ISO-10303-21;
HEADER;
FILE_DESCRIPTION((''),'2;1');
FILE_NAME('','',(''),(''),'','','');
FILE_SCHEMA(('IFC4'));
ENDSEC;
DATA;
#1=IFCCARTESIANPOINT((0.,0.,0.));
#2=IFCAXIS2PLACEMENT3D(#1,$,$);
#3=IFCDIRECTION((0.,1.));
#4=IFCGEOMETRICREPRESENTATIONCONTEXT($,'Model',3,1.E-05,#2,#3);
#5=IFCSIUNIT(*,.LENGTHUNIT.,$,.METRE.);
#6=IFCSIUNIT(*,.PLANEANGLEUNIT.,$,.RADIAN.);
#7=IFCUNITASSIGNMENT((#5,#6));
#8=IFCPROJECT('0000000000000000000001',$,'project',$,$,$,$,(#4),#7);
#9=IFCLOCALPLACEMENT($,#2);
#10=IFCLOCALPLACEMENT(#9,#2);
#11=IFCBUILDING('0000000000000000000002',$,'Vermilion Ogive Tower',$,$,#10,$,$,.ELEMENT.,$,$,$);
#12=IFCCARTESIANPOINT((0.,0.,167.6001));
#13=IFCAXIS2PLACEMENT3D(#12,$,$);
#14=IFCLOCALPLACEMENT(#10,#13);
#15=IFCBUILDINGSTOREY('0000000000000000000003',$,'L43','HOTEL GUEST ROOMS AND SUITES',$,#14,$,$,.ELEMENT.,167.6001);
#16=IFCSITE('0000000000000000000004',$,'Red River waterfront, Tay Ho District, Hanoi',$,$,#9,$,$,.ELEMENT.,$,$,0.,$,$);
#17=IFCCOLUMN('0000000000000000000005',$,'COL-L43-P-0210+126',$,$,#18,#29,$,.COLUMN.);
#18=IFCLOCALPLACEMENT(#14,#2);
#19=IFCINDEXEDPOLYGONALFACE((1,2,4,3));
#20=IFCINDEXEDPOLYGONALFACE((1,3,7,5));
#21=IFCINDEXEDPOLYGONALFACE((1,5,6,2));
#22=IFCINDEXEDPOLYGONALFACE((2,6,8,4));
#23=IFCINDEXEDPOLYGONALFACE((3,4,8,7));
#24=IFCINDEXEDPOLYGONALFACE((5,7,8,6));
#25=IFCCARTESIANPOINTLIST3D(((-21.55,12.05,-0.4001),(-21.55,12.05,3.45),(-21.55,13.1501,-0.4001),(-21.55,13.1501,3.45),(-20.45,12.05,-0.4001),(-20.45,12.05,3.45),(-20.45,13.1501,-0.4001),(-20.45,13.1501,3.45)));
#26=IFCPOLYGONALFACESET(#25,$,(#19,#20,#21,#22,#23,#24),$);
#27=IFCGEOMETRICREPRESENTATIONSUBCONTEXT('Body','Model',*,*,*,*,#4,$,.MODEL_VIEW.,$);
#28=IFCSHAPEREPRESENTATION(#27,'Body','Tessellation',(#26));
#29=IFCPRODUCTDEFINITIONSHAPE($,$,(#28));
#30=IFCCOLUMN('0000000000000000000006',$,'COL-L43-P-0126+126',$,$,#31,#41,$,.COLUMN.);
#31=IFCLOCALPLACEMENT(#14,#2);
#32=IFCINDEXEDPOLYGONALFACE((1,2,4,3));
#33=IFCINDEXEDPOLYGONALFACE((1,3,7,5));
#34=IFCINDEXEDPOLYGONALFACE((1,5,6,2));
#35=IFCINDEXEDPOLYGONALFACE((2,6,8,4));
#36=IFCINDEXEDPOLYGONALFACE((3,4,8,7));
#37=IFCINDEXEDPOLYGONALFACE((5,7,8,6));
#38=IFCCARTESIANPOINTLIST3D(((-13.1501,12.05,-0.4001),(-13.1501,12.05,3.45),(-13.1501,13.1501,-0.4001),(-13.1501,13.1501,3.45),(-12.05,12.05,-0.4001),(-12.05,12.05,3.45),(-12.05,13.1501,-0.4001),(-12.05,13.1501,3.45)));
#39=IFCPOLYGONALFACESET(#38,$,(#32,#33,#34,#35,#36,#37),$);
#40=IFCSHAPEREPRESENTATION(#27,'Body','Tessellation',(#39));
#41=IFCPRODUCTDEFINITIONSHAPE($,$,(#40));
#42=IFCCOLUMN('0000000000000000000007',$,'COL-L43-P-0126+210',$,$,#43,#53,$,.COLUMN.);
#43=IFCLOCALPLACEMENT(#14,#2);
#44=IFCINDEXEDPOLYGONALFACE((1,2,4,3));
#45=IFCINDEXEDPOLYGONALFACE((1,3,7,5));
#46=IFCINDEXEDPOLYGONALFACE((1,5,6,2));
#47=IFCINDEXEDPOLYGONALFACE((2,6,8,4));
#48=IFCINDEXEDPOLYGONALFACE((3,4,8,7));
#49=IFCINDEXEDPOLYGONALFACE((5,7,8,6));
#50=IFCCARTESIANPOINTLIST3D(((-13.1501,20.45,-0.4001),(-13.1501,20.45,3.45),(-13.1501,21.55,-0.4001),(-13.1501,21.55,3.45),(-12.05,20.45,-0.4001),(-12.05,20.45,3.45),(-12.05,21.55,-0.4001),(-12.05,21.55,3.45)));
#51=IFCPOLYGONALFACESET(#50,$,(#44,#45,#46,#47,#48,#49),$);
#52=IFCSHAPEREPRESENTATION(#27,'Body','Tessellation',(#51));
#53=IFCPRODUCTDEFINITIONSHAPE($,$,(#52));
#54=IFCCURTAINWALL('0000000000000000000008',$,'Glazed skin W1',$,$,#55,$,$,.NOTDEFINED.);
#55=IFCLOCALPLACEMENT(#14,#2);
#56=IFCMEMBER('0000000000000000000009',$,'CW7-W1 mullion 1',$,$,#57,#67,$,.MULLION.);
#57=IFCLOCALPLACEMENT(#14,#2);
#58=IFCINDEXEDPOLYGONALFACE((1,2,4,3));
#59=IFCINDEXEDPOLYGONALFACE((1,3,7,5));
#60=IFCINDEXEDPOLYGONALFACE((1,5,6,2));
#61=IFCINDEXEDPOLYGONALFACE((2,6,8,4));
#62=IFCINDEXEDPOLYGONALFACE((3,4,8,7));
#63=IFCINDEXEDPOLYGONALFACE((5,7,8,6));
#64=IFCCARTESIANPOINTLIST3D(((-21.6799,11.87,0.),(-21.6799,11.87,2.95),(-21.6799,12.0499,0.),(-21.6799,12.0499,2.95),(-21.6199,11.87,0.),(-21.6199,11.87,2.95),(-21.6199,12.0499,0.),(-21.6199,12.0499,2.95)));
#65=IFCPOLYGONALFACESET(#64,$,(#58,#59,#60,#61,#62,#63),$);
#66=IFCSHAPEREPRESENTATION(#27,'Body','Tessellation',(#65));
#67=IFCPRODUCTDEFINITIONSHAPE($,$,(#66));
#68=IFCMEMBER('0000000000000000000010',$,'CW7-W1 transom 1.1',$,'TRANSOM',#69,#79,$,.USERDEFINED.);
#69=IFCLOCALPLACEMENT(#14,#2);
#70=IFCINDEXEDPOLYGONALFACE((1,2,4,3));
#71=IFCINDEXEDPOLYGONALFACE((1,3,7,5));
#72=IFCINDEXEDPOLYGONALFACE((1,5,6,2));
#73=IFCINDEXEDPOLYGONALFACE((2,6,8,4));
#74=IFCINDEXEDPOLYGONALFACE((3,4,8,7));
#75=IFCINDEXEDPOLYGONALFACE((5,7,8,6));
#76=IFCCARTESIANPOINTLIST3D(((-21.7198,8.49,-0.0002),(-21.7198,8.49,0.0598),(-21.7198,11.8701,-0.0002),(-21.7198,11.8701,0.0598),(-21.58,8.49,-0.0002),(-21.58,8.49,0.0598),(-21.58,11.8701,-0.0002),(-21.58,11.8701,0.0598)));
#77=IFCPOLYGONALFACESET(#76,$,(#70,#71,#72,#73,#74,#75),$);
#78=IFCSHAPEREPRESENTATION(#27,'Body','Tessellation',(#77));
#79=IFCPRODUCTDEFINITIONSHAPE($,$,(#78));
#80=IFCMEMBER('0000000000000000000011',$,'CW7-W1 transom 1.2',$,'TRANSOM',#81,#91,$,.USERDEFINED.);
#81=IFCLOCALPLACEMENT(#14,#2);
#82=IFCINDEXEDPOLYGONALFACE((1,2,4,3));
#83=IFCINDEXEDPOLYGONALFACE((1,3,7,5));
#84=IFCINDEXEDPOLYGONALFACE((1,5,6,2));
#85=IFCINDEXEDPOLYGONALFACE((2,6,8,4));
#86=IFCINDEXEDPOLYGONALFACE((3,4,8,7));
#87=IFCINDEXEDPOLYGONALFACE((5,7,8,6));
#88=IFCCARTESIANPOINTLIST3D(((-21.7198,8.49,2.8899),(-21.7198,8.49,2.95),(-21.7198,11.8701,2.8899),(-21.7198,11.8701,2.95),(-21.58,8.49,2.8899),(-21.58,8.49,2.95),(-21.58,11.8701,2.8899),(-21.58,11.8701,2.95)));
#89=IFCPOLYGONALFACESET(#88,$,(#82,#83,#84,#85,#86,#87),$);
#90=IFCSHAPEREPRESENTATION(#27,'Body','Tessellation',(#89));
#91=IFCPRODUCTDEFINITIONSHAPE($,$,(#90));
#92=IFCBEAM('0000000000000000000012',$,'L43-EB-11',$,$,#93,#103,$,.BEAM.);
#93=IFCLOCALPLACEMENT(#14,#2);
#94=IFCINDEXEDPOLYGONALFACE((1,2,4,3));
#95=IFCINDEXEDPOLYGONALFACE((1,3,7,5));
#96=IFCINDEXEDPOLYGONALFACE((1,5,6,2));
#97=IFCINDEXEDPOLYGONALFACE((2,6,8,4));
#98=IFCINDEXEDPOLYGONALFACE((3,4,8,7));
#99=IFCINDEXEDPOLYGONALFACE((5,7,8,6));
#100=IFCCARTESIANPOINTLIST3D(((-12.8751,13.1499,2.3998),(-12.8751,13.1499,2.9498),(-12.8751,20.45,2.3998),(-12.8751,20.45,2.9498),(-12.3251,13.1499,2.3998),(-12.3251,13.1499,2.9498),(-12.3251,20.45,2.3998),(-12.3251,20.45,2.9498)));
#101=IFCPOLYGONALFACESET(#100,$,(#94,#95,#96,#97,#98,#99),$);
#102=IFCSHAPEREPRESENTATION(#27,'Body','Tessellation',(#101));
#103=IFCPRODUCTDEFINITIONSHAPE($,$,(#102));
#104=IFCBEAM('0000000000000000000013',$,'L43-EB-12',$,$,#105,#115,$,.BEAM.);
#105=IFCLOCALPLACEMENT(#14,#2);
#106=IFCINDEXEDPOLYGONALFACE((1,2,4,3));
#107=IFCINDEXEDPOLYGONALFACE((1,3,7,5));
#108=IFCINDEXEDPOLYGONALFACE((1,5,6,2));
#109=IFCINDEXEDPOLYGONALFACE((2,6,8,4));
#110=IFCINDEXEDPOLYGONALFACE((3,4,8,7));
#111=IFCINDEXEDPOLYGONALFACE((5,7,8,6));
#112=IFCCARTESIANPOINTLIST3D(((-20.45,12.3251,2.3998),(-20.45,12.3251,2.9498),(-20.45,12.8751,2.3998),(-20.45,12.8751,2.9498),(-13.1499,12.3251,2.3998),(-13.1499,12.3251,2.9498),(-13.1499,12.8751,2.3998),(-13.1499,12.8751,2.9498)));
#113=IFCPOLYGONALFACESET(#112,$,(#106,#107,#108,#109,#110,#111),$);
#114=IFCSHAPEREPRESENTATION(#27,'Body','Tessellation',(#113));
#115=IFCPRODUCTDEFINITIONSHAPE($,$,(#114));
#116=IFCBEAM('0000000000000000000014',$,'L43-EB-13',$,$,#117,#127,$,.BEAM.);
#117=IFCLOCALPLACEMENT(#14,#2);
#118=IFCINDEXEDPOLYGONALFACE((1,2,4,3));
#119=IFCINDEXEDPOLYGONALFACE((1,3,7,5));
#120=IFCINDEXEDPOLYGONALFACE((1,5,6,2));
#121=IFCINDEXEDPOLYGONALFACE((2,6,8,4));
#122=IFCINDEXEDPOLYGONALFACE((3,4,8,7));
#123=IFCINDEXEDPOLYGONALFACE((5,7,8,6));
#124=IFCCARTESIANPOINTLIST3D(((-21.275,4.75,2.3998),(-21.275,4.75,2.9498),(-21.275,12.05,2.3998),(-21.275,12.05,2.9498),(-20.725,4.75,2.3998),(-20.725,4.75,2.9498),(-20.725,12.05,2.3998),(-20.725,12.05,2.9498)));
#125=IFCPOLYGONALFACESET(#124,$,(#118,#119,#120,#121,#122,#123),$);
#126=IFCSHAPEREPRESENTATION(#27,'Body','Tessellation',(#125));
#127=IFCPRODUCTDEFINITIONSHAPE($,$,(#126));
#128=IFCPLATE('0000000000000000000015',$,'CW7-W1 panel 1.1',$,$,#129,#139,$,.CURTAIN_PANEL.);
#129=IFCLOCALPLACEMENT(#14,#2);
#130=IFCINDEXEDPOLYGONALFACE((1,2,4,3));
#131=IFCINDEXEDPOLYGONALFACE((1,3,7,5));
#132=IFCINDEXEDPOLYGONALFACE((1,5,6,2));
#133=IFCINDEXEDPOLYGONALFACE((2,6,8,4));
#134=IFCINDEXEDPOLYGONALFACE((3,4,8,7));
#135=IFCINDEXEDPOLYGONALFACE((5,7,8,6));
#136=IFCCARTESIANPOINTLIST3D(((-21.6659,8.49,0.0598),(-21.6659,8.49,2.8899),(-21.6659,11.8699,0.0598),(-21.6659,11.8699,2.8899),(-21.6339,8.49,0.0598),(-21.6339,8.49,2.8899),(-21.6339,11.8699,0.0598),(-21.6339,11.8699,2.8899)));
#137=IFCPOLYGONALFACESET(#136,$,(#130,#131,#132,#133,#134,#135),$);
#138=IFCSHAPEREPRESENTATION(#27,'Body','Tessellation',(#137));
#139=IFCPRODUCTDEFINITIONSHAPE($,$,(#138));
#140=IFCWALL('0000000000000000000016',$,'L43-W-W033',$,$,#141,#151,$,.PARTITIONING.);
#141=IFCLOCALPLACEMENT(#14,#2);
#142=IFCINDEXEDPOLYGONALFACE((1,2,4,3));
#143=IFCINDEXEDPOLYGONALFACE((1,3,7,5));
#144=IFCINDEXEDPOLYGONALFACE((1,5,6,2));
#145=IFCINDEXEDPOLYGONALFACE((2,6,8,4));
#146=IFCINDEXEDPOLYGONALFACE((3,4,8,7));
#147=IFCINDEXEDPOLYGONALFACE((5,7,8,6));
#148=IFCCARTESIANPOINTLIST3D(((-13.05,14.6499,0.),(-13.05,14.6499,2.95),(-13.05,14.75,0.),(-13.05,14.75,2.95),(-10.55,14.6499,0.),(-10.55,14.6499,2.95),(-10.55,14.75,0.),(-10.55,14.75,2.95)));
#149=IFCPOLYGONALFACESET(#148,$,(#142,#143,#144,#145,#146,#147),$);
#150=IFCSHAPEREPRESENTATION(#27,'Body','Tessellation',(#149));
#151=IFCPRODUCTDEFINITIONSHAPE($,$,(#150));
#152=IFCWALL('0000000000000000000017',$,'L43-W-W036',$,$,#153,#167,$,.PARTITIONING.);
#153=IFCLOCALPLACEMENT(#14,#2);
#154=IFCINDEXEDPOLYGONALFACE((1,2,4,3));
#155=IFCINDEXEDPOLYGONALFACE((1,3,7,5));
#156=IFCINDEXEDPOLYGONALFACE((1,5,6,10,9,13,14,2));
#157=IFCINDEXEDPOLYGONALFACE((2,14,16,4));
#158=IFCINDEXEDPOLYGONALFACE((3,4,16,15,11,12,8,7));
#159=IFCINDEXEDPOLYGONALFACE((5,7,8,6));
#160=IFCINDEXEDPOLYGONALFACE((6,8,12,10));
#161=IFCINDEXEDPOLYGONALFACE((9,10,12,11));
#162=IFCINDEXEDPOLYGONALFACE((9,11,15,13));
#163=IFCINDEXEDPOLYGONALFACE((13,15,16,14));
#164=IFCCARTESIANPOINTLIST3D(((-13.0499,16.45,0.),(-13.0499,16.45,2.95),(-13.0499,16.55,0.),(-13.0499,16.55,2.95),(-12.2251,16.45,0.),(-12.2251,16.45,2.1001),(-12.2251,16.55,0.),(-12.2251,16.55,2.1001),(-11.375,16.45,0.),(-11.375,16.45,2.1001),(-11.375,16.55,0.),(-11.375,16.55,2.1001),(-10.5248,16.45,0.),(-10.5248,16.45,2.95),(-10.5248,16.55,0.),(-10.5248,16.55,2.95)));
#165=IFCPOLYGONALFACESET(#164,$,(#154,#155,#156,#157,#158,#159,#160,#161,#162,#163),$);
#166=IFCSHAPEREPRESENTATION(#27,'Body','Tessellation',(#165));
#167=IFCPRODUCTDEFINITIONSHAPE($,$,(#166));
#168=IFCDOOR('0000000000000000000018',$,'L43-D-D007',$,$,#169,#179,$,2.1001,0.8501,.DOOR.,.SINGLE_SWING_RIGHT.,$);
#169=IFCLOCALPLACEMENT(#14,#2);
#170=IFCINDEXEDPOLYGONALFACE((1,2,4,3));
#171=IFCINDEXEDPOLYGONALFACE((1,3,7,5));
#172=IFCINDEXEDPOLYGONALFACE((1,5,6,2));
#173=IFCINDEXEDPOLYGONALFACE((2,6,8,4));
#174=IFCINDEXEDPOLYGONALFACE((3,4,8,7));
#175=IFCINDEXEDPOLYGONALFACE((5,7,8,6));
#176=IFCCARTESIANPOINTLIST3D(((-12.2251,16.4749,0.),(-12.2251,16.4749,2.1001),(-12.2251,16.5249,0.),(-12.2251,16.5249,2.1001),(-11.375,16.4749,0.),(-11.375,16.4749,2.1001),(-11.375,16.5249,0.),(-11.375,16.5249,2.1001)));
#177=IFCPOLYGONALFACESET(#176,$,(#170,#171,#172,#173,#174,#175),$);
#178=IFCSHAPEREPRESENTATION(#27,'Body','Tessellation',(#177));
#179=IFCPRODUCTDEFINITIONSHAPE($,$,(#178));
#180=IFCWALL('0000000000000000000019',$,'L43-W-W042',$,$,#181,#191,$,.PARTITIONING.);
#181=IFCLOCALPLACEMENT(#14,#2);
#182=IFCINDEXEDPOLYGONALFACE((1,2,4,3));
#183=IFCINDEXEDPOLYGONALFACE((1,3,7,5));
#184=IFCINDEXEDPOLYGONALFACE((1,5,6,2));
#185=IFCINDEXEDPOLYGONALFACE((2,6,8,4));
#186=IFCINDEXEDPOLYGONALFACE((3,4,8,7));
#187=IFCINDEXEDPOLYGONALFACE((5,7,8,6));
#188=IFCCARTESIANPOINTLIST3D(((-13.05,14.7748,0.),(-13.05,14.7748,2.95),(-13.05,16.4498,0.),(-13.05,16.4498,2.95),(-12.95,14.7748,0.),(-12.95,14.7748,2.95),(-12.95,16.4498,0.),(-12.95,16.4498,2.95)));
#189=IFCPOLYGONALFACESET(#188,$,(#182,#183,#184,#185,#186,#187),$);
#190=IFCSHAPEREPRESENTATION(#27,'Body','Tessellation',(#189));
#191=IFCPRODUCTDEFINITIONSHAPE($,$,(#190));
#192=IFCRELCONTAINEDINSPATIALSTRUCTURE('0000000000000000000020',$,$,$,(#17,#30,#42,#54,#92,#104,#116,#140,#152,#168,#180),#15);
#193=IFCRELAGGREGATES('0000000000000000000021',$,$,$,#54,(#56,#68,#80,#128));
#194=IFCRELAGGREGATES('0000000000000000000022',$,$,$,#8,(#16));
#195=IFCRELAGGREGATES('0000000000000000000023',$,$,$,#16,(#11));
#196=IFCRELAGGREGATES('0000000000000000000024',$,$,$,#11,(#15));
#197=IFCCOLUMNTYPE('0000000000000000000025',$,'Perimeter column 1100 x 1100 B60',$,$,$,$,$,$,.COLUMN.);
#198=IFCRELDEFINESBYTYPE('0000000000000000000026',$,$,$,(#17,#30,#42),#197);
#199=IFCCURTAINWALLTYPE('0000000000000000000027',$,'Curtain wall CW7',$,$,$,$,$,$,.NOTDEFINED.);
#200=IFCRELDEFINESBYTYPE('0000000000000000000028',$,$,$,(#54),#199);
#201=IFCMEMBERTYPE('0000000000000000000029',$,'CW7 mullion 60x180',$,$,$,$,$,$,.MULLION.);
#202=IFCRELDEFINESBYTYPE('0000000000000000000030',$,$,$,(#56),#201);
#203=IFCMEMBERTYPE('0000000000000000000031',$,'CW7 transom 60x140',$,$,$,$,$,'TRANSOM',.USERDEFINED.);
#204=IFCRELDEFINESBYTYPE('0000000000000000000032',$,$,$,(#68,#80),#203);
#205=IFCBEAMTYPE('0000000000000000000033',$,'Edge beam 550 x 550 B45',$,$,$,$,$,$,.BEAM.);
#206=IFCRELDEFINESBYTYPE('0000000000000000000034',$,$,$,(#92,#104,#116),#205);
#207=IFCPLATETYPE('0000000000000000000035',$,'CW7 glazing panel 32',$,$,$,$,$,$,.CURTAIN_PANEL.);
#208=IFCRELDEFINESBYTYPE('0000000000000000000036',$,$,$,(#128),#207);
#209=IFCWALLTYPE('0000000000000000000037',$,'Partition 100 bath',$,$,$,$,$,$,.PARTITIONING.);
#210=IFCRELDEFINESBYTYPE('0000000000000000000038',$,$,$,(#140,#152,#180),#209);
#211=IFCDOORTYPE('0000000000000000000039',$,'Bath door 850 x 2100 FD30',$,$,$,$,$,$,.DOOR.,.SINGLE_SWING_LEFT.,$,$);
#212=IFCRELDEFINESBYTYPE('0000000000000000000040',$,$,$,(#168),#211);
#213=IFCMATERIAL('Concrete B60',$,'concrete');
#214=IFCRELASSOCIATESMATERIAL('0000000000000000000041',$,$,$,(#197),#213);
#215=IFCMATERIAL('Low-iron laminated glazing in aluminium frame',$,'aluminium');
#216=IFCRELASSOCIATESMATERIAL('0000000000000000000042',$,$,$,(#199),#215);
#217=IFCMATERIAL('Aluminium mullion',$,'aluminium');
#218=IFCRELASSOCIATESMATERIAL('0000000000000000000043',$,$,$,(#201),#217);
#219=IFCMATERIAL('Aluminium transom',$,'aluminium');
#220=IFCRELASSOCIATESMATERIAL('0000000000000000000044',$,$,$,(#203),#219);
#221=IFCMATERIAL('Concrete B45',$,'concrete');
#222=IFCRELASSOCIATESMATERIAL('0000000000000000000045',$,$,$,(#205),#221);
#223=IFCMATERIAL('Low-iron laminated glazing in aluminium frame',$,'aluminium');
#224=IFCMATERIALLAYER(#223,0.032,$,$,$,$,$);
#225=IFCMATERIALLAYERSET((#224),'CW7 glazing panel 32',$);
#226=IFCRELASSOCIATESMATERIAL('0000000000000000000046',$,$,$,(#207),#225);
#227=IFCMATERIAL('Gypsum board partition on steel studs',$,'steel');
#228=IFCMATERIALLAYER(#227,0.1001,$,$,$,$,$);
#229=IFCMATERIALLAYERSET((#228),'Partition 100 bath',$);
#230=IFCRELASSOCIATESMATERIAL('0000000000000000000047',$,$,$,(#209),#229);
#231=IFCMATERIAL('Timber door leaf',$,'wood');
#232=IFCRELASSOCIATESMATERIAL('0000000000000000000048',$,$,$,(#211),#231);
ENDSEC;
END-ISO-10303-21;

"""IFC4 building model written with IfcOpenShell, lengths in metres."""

from ifc_helpers import new_model, si_unit, direction, frame, frame_2d, origin, origin_2d, place, context, subcontext, project, spatial, rectangle, extrude, material, layer, layer_set, material_profile, profile_set, type_object, element, fill, aggregate, save


model = new_model("IFC4")

# Units and contexts
model_context = context("Model", 3, precision=1e-05, world=origin(), true_north=direction((0.0, 1.0)))
body_context = subcontext(model_context, "Body", "Model", "MODEL_VIEW")
ifc_project = project(units=[si_unit("LENGTHUNIT", "METRE"), si_unit("PLANEANGLEUNIT", "RADIAN")], contexts=[model_context])

# Site, building, storey
site_placement = place(None, origin())
site = spatial("IfcSite", under=ifc_project, at=site_placement, Name="Red River waterfront, Tay Ho District, Hanoi", CompositionType="ELEMENT", RefElevation=0.0)
building_placement = place(site_placement, origin())
building = spatial("IfcBuilding", under=site, at=building_placement, Name="Vermilion Ogive Tower", CompositionType="ELEMENT")
storey_placement = place(building_placement, frame((0.0, 0.0, 167.6001)))
storey = spatial("IfcBuildingStorey", under=building, at=storey_placement, Name="L43", Description="HOTEL GUEST ROOMS AND SUITES", CompositionType="ELEMENT", Elevation=167.6001)

# Columns
ifc_material_1 = material(Name="Concrete B60", Category="concrete")
ifc_material_profile_1 = material_profile(ifc_material_1, rectangle(XDim=1.1001, YDim=1.1001, at=origin_2d()), Name="1100 x 1100")
ifc_profile_set_1 = profile_set([ifc_material_profile_1], Name="Concrete B60")
column_type = type_object("IfcColumnType", Name="Perimeter column 1100 x 1100 B60", PredefinedType="COLUMN", material=ifc_profile_set_1)
for number, where, z_axis, x_axis, name in (
    (1, (-21.0, 12.6001, -0.4001), (0.0, 0.0, 1.0), (1.0, 0.0, 0.0), "COL-L43-P-0210+126"),
    (2, (-12.6001, 12.6001, -0.4001), (0.0, 0.0, 1.0), (1.0, 0.0, 0.0), "COL-L43-P-0126+126"),
    (3, (-12.6001, 21.0, -0.4001), (0.0, 0.0, 1.0), (1.0, 0.0, 0.0), "COL-L43-P-0126+210"),
):
    element("IfcColumn", number, at=place(storey_placement, frame(where, z_axis=z_axis, x_axis=x_axis)), inside=storey, type_object=column_type, Name=name, PredefinedType="COLUMN", context=body_context, shape_type="SweptSolid", body=[
        extrude(rectangle(XDim=1.1001, YDim=1.1001, at=origin_2d()), origin(), (0.0, 0.0, 1.0), 3.8501),
    ])

# Curtain wall, members
ifc_material_2 = material(Name="Low-iron laminated glazing in aluminium frame", Category="aluminium")
curtain_wall_type = type_object("IfcCurtainWallType", Name="Curtain wall CW7", PredefinedType="NOTDEFINED", material=ifc_material_2)
curtain_wall_placement = place(storey_placement, origin())
curtain_wall = element("IfcCurtainWall", 4, at=curtain_wall_placement, inside=storey, type_object=curtain_wall_type, Name="Glazed skin W1", PredefinedType="NOTDEFINED")
ifc_material_3 = material(Name="Aluminium mullion", Category="aluminium")
ifc_material_profile_2 = material_profile(ifc_material_3, rectangle(XDim=0.0601, YDim=0.1799, at=origin_2d()), Name="AL 60x180")
ifc_profile_set_2 = profile_set([ifc_material_profile_2], Name="Aluminium mullion")
member_type_1 = type_object("IfcMemberType", Name="CW7 mullion 60x180", PredefinedType="MULLION", material=ifc_profile_set_2)
member_1_placement = place(storey_placement, frame((-21.6499, 11.96, 0.0), z_axis=(0.0, 0.0, 1.0), x_axis=(1.0, 0.0, 0.0)))
member_1 = element("IfcMember", 5, at=member_1_placement, type_object=member_type_1, Name="CW7-W1 mullion 1", PredefinedType="MULLION", context=body_context, shape_type="SweptSolid", body=[
    extrude(rectangle(XDim=0.0601, YDim=0.1799, at=origin_2d()), origin(), (0.0, 0.0, 1.0), 2.95),
])
ifc_material_4 = material(Name="Aluminium transom", Category="aluminium")
ifc_material_profile_3 = material_profile(ifc_material_4, rectangle(XDim=0.1399, YDim=0.0601, at=origin_2d()), Name="AL 60x140")
ifc_profile_set_3 = profile_set([ifc_material_profile_3], Name="Aluminium transom")
member_type_2 = type_object("IfcMemberType", Name="CW7 transom 60x140", ElementType="TRANSOM", PredefinedType="USERDEFINED", material=ifc_profile_set_3)
member_2_placement = place(storey_placement, frame((-21.6499, 11.8701, 0.0298), z_axis=(0.0, -1.0, 0.0), x_axis=(1.0, 0.0, 0.0)))
member_2 = element("IfcMember", 6, at=member_2_placement, type_object=member_type_2, Name="CW7-W1 transom 1.1", ObjectType="TRANSOM", PredefinedType="USERDEFINED", context=body_context, shape_type="SweptSolid", body=[
    extrude(rectangle(XDim=0.1399, YDim=0.0601, at=origin_2d()), origin(), (0.0, 0.0, 1.0), 3.3801),
])
member_3_placement = place(storey_placement, frame((-21.6499, 11.8701, 2.9199), z_axis=(0.0, -1.0, 0.0), x_axis=(1.0, 0.0, 0.0)))
member_3 = element("IfcMember", 7, at=member_3_placement, type_object=member_type_2, Name="CW7-W1 transom 1.2", ObjectType="TRANSOM", PredefinedType="USERDEFINED", context=body_context, shape_type="SweptSolid", body=[
    extrude(rectangle(XDim=0.1399, YDim=0.0601, at=origin_2d()), origin(), (0.0, 0.0, 1.0), 3.3801),
])

# Beams
ifc_material_5 = material(Name="Concrete B45", Category="concrete")
ifc_material_profile_4 = material_profile(ifc_material_5, rectangle(XDim=0.55, YDim=0.55, at=origin_2d()), Name="550 x 550")
ifc_profile_set_4 = profile_set([ifc_material_profile_4], Name="Concrete B45")
beam_type = type_object("IfcBeamType", Name="Edge beam 550 x 550 B45", PredefinedType="BEAM", material=ifc_profile_set_4)
for number, where, z_axis, x_axis, name in (
    (8, (-12.6001, 20.45, 2.6748), (0.0, -1.0, 0.0), (1.0, 0.0, 0.0), "L43-EB-11"),
    (9, (-13.1499, 12.6001, 2.6748), (-1.0, 0.0, 0.0), (0.0, -1.0, 0.0), "L43-EB-12"),
    (10, (-21.0, 12.05, 2.6748), (0.0, -1.0, 0.0), (1.0, 0.0, 0.0), "L43-EB-13"),
):
    element("IfcBeam", number, at=place(storey_placement, frame(where, z_axis=z_axis, x_axis=x_axis)), inside=storey, type_object=beam_type, Name=name, PredefinedType="BEAM", context=body_context, shape_type="SweptSolid", body=[
        extrude(rectangle(XDim=0.55, YDim=0.55, at=origin_2d()), origin(), (0.0, 0.0, 1.0), 7.3),
    ])

# Plate
ifc_material_6 = material(Name="Low-iron laminated glazing in aluminium frame", Category="aluminium")
ifc_layer_1 = layer(ifc_material_6, 0.032)
ifc_layer_set_1 = layer_set([ifc_layer_1], Name="CW7 glazing panel 32")
plate_type = type_object("IfcPlateType", Name="CW7 glazing panel 32", PredefinedType="CURTAIN_PANEL", material=ifc_layer_set_1)
plate_placement = place(storey_placement, frame((-21.6499, 10.1799, 0.0598), z_axis=(0.0, 0.0, 1.0), x_axis=(0.0, -1.0, 0.0)))
plate = element("IfcPlate", 11, at=plate_placement, type_object=plate_type, Name="CW7-W1 panel 1.1", PredefinedType="CURTAIN_PANEL", context=body_context, shape_type="SweptSolid", body=[
    extrude(rectangle(XDim=3.3799, YDim=0.032, at=origin_2d()), origin(), (0.0, 0.0, 1.0), 2.8301),
])
aggregate(curtain_wall, [member_1, member_2, member_3, plate])

# Wall
ifc_material_7 = material(Name="Gypsum board partition on steel studs", Category="steel")
ifc_layer_2 = layer(ifc_material_7, 0.1001)
ifc_layer_set_2 = layer_set([ifc_layer_2], Name="Partition 100 bath")
wall_type_1 = type_object("IfcWallType", Name="Partition 100 bath", PredefinedType="PARTITIONING", material=ifc_layer_set_2)
wall_1_placement = place(storey_placement, frame((-13.05, 14.7, 0.0), z_axis=(0.0, 0.0, 1.0), x_axis=(1.0, 0.0, 0.0)))
element("IfcWall", 12, at=wall_1_placement, inside=storey, type_object=wall_type_1, Name="L43-W-W033", PredefinedType="PARTITIONING", context=body_context, shape_type="SweptSolid", body=[
    extrude(rectangle(XDim=2.5, YDim=0.1001, at=frame_2d((1.25, 0.0))), origin(), (0.0, 0.0, 1.0), 2.95),
])

# Wall, opening, door
wall_2_placement = place(storey_placement, frame((-13.05, 16.5, 0.0), z_axis=(0.0, 0.0, 1.0), x_axis=(1.0, 0.0, 0.0)))
wall_2 = element("IfcWall", 13, at=wall_2_placement, inside=storey, type_object=wall_type_1, Name="L43-W-W036", PredefinedType="PARTITIONING", context=body_context, shape_type="SweptSolid", body=[
    extrude(rectangle(XDim=2.5251, YDim=0.1001, at=frame_2d((1.2627, 0.0))), origin(), (0.0, 0.0, 1.0), 2.95),
])
opening_1_placement = place(wall_2_placement, frame((0.825, 0.0, 0.0)))
opening_1 = element("IfcOpeningElement", 14, at=opening_1_placement, cuts=wall_2, PredefinedType="OPENING", context=body_context, shape_type="SweptSolid", body=[
    extrude(rectangle(XDim=0.8501, YDim=2.1001, at=frame_2d((0.425, 1.05))), frame((0.0, 0.0601, 0.0), z_axis=(0.0, -1.0, 0.0), x_axis=(1.0, 0.0, 0.0)), (0.0, 0.0, 1.0), 0.1201),
])
ifc_material_8 = material(Name="Timber door leaf", Category="wood")
door_type_1 = type_object("IfcDoorType", Name="Bath door 850 x 2100 FD30", OperationType="SINGLE_SWING_LEFT", PredefinedType="DOOR", material=ifc_material_8)
door_1_placement = place(opening_1_placement, origin())
door_1 = element("IfcDoor", 15, at=door_1_placement, inside=storey, type_object=door_type_1, Name="L43-D-D007", OperationType="SINGLE_SWING_RIGHT", OverallHeight=2.1001, OverallWidth=0.8501, PredefinedType="DOOR", context=body_context, shape_type="SweptSolid", body=[
    extrude(rectangle(XDim=0.8501, YDim=2.1001, at=frame_2d((0.425, 1.05))), frame((0.0, 0.0249, 0.0), z_axis=(0.0, -1.0, 0.0), x_axis=(1.0, 0.0, 0.0)), (0.0, 0.0, 1.0), 0.05),
])
fill(opening_1, door_1)

# Wall
wall_3_placement = place(storey_placement, frame((-13.0, 14.7749, 0.0), z_axis=(0.0, 0.0, 1.0), x_axis=(0.0, 1.0, 0.0)))
element("IfcWall", 16, at=wall_3_placement, inside=storey, type_object=wall_type_1, Name="L43-W-W042", PredefinedType="PARTITIONING", context=body_context, shape_type="SweptSolid", body=[
    extrude(rectangle(XDim=1.675, YDim=0.1001, at=frame_2d((0.8374, 0.0))), origin(), (0.0, 0.0, 1.0), 2.95),
])

save(model, "model.ifc")
